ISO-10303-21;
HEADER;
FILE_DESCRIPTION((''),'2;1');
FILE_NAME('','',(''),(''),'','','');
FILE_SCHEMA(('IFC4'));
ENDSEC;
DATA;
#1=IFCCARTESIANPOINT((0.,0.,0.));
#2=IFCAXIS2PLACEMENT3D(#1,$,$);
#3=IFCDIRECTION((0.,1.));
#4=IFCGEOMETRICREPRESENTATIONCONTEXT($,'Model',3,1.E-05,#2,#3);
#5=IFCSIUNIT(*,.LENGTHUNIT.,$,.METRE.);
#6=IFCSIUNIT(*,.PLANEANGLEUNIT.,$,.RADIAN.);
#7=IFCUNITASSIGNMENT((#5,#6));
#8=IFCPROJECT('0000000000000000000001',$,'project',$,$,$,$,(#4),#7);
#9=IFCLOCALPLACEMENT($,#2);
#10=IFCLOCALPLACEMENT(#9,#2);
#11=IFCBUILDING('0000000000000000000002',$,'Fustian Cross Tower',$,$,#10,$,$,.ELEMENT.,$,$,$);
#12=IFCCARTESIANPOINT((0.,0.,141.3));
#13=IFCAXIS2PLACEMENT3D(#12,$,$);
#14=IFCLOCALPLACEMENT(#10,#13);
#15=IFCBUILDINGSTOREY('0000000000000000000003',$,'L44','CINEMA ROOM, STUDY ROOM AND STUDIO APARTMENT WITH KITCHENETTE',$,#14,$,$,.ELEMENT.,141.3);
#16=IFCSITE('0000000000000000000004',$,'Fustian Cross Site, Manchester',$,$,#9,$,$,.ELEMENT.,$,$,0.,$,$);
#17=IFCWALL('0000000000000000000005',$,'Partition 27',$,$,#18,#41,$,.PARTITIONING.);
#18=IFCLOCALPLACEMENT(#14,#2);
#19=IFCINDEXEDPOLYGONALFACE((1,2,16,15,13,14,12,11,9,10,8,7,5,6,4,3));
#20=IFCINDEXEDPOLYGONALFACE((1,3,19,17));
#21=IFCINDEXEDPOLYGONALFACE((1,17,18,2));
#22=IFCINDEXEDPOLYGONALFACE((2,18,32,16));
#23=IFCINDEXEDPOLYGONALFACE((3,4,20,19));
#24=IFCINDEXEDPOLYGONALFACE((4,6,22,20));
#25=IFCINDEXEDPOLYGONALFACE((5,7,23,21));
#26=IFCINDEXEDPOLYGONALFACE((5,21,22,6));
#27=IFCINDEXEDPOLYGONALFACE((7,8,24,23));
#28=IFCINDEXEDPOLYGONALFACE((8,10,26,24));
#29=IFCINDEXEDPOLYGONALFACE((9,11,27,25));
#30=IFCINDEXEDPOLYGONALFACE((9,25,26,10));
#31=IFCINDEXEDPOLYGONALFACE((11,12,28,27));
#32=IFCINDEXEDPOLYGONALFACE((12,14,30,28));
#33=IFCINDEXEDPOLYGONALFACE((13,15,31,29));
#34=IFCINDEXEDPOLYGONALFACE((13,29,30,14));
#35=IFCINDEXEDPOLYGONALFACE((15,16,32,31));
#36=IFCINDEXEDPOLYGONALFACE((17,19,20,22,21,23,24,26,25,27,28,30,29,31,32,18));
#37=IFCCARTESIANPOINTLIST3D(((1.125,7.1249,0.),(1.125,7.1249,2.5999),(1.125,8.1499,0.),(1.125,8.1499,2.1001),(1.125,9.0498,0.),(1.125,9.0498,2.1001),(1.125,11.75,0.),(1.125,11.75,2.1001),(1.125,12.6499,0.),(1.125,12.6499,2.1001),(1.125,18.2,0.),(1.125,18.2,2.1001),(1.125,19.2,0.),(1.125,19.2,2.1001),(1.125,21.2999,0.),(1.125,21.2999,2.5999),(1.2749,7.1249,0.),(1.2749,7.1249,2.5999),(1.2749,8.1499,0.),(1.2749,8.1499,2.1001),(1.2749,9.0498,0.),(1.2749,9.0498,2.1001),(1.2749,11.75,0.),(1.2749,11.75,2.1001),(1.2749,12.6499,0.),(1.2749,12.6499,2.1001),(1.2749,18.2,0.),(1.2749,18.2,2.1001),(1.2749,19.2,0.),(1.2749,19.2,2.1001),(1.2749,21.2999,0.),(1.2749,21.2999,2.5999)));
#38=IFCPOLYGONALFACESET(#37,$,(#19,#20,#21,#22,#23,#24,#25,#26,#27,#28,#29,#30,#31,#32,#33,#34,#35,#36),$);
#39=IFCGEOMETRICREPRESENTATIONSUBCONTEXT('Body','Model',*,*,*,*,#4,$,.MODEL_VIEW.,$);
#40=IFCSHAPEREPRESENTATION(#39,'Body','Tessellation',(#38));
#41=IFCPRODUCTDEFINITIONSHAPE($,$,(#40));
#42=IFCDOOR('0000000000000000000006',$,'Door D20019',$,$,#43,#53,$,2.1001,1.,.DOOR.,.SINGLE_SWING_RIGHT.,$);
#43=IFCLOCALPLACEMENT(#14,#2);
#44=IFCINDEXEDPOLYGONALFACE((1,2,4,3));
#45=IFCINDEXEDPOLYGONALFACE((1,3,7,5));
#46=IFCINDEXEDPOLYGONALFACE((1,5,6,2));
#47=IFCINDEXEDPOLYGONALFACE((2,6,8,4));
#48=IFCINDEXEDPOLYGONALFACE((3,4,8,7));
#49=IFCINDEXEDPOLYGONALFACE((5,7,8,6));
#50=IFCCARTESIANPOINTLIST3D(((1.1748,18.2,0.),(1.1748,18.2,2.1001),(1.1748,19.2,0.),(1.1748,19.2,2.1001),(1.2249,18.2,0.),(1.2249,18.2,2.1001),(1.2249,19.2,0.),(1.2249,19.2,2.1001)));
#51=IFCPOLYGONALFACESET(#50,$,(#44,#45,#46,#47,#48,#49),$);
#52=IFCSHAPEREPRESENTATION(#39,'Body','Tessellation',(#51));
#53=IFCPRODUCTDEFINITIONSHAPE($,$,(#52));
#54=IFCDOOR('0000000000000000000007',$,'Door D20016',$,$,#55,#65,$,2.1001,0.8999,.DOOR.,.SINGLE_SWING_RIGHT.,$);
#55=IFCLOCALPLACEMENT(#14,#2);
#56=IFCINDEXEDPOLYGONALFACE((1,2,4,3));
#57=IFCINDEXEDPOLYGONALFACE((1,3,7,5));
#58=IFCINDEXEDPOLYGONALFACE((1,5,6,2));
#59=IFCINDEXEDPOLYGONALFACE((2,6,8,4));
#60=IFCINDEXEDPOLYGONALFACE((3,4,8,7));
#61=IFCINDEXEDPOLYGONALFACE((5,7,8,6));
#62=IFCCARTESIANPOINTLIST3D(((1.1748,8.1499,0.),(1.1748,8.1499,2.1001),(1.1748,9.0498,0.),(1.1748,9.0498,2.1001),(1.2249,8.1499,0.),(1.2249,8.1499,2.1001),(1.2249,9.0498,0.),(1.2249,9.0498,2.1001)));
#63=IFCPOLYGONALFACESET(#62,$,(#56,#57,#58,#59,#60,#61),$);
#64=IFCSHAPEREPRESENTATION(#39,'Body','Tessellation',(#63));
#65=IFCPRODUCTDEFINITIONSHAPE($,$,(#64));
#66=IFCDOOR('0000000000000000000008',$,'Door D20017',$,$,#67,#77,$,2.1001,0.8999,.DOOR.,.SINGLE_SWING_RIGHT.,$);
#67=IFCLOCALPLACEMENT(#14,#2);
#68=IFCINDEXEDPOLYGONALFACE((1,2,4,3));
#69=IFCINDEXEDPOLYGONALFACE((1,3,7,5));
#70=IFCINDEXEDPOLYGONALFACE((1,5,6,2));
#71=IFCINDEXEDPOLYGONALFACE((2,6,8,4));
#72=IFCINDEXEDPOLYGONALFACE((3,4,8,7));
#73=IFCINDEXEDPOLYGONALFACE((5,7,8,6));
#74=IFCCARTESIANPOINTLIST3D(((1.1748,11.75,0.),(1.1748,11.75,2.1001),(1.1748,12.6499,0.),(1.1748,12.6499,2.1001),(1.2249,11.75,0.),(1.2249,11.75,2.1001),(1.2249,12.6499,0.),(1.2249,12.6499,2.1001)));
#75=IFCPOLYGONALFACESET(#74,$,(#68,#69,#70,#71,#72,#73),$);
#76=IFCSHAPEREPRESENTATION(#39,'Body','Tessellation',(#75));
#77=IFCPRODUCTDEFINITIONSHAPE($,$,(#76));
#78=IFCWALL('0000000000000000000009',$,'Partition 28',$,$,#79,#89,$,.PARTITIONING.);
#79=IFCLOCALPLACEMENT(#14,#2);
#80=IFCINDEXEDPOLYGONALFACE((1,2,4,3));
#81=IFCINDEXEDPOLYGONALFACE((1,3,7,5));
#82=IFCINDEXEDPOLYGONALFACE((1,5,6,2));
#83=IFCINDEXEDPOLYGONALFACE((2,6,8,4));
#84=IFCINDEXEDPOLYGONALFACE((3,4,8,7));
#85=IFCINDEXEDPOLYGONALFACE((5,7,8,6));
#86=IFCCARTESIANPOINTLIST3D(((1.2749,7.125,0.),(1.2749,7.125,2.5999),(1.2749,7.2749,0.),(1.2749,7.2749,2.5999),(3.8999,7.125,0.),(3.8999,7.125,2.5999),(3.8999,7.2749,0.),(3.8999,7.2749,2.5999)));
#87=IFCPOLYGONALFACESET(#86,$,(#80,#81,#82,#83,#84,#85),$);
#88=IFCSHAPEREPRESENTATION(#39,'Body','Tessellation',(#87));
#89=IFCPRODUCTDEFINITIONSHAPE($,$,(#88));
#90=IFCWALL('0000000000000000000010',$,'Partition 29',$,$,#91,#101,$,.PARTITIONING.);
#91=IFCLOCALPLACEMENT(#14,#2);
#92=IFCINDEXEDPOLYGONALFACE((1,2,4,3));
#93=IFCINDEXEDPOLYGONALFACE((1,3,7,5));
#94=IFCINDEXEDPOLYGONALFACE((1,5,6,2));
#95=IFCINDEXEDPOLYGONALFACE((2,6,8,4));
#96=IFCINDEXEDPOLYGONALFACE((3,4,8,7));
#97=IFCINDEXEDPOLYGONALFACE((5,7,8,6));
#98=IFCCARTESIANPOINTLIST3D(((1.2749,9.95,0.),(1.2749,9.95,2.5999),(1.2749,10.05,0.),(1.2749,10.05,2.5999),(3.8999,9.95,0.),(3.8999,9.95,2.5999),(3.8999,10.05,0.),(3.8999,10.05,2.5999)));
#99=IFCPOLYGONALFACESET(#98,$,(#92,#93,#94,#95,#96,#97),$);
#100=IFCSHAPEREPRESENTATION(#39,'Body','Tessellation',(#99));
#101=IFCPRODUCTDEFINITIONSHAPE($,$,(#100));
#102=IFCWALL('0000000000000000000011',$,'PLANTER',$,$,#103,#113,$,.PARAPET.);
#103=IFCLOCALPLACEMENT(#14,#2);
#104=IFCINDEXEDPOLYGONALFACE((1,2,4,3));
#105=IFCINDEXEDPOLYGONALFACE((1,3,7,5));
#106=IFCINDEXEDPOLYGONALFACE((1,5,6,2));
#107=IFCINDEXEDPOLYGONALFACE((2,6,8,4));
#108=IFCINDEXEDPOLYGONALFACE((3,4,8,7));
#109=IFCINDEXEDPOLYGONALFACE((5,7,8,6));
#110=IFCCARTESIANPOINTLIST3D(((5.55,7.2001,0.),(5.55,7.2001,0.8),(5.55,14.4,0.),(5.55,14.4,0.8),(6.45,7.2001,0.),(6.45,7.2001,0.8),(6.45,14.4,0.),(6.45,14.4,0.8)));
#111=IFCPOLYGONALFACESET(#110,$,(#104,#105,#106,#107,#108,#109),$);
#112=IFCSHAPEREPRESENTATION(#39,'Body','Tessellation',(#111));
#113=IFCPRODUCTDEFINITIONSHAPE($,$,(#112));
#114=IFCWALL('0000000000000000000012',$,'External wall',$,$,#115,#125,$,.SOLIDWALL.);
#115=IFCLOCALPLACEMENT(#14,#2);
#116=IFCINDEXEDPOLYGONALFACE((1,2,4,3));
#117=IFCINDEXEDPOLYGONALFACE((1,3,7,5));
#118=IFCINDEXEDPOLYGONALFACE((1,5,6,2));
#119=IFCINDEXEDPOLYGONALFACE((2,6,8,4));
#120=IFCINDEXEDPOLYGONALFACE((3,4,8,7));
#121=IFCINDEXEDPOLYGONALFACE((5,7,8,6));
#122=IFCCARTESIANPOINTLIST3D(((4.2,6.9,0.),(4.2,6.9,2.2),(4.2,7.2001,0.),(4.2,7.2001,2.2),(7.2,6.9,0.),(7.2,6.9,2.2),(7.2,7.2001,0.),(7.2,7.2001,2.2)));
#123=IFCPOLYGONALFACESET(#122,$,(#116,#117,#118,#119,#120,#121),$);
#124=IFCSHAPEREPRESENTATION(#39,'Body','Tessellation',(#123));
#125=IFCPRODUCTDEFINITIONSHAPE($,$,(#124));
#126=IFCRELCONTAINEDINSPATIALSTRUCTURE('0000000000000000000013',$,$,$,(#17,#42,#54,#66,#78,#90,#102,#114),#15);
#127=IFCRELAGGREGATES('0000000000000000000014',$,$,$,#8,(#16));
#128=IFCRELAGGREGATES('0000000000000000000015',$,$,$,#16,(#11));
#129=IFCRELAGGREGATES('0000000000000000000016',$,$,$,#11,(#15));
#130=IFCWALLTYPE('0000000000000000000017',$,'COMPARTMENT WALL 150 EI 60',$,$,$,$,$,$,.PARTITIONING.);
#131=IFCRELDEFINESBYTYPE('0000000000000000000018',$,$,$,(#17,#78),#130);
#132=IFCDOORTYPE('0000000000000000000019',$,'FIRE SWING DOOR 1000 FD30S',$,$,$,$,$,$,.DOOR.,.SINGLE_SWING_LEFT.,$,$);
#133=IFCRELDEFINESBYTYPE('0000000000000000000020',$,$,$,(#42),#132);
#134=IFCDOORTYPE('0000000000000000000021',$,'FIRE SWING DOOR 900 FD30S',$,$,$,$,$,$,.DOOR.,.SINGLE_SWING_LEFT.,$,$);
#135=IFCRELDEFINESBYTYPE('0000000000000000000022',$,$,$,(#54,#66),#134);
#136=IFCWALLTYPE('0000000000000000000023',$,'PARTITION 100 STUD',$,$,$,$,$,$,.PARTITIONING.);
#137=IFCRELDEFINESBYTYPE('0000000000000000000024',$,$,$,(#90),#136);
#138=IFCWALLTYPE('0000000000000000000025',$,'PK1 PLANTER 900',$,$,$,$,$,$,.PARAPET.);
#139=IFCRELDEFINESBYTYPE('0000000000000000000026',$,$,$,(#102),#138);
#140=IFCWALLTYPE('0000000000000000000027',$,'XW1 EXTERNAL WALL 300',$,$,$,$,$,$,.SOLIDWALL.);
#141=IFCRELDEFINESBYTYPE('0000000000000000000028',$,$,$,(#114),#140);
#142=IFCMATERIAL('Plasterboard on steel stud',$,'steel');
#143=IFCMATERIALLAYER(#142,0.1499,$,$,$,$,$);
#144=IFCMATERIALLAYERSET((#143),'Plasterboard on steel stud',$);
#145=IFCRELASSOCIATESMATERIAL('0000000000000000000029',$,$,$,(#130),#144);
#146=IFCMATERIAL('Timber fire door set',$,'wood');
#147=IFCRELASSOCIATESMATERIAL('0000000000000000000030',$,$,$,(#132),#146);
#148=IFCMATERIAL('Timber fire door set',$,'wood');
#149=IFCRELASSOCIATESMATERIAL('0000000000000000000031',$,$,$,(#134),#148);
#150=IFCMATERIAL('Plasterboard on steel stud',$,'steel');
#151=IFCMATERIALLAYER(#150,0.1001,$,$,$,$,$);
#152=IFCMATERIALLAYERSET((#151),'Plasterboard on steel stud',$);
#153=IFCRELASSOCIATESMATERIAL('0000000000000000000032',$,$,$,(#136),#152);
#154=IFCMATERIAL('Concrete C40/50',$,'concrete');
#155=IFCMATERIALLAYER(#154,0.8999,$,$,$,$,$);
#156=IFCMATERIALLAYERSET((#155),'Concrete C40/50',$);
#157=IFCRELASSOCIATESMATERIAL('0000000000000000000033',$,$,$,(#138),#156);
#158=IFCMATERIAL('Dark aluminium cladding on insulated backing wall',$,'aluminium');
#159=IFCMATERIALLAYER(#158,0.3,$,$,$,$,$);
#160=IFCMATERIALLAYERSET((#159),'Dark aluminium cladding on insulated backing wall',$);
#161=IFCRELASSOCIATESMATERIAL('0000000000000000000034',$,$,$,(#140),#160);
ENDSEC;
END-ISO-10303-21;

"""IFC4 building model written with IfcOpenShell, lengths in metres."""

from ifc_helpers import new_model, si_unit, direction, frame, frame_2d, origin, place, context, subcontext, project, spatial, rectangle, extrude, material, layer, layer_set, type_object, element, fill, save


model = new_model("IFC4")

# Units and contexts
model_context = context("Model", 3, precision=1e-05, world=origin(), true_north=direction((0.0, 1.0)))
body_context = subcontext(model_context, "Body", "Model", "MODEL_VIEW")
ifc_project = project(units=[si_unit("LENGTHUNIT", "METRE"), si_unit("PLANEANGLEUNIT", "RADIAN")], contexts=[model_context])

# Site, building, storey
site_placement = place(None, origin())
site = spatial("IfcSite", under=ifc_project, at=site_placement, Name="Fustian Cross Site, Manchester", CompositionType="ELEMENT", RefElevation=0.0)
building_placement = place(site_placement, origin())
building = spatial("IfcBuilding", under=site, at=building_placement, Name="Fustian Cross Tower", CompositionType="ELEMENT")
storey_placement = place(building_placement, frame((0.0, 0.0, 141.3)))
storey = spatial("IfcBuildingStorey", under=building, at=storey_placement, Name="L44", Description="CINEMA ROOM, STUDY ROOM AND STUDIO APARTMENT WITH KITCHENETTE", CompositionType="ELEMENT", Elevation=141.3)

# Wall, openings, doors
ifc_material_1 = material(Name="Plasterboard on steel stud", Category="steel")
ifc_layer_1 = layer(ifc_material_1, 0.1499)
ifc_layer_set_1 = layer_set([ifc_layer_1], Name="Plasterboard on steel stud")
wall_type_1 = type_object("IfcWallType", Name="COMPARTMENT WALL 150 EI 60", PredefinedType="PARTITIONING", material=ifc_layer_set_1)
wall_1_placement = place(storey_placement, frame((1.2, 7.125, 0.0), z_axis=(0.0, 0.0, 1.0), x_axis=(0.0, 1.0, 0.0)))
wall_1 = element("IfcWall", 1, at=wall_1_placement, inside=storey, type_object=wall_type_1, Name="Partition 27", PredefinedType="PARTITIONING", context=body_context, shape_type="SweptSolid", body=[
    extrude(rectangle(XDim=14.175, YDim=0.1499, at=frame_2d((7.0874, 0.0))), origin(), (0.0, 0.0, 1.0), 2.5999),
])
opening_1_placement = place(wall_1_placement, frame((1.0249, 0.0, 0.0)))
opening_1 = element("IfcOpeningElement", 2, at=opening_1_placement, cuts=wall_1, PredefinedType="OPENING", context=body_context, shape_type="SweptSolid", body=[
    extrude(rectangle(XDim=0.8999, YDim=2.1001, at=frame_2d((0.45, 1.05))), frame((0.0, 0.085, 0.0), z_axis=(0.0, -1.0, 0.0), x_axis=(1.0, 0.0, 0.0)), (0.0, 0.0, 1.0), 0.1699),
])
opening_2_placement = place(wall_1_placement, frame((4.625, 0.0, 0.0)))
opening_2 = element("IfcOpeningElement", 3, at=opening_2_placement, cuts=wall_1, PredefinedType="OPENING", context=body_context, shape_type="SweptSolid", body=[
    extrude(rectangle(XDim=0.8999, YDim=2.1001, at=frame_2d((0.45, 1.05))), frame((0.0, 0.085, 0.0), z_axis=(0.0, -1.0, 0.0), x_axis=(1.0, 0.0, 0.0)), (0.0, 0.0, 1.0), 0.1699),
])
opening_3_placement = place(wall_1_placement, frame((11.075, 0.0, 0.0)))
opening_3 = element("IfcOpeningElement", 4, at=opening_3_placement, cuts=wall_1, PredefinedType="OPENING", context=body_context, shape_type="SweptSolid", body=[
    extrude(rectangle(XDim=1.0, YDim=2.1001, at=frame_2d((0.5, 1.05))), frame((0.0, 0.085, 0.0), z_axis=(0.0, -1.0, 0.0), x_axis=(1.0, 0.0, 0.0)), (0.0, 0.0, 1.0), 0.1699),
])
ifc_material_2 = material(Name="Timber fire door set", Category="wood")
door_type_1 = type_object("IfcDoorType", Name="FIRE SWING DOOR 1000 FD30S", OperationType="SINGLE_SWING_LEFT", PredefinedType="DOOR", material=ifc_material_2)
door_1_placement = place(opening_3_placement, frame((1.0, 0.0, 0.0), z_axis=(0.0, 0.0, 1.0), x_axis=(-1.0, 0.0, 0.0)))
door_1 = element("IfcDoor", 5, at=door_1_placement, inside=storey, type_object=door_type_1, Name="Door D20019", OperationType="SINGLE_SWING_RIGHT", OverallHeight=2.1001, OverallWidth=1.0, PredefinedType="DOOR", context=body_context, shape_type="SweptSolid", body=[
    extrude(rectangle(XDim=1.0, YDim=2.1001, at=frame_2d((0.5, 1.05))), frame((0.0, 0.0249, 0.0), z_axis=(0.0, -1.0, 0.0), x_axis=(1.0, 0.0, 0.0)), (0.0, 0.0, 1.0), 0.05),
])
fill(opening_3, door_1)
ifc_material_3 = material(Name="Timber fire door set", Category="wood")
door_type_2 = type_object("IfcDoorType", Name="FIRE SWING DOOR 900 FD30S", OperationType="SINGLE_SWING_LEFT", PredefinedType="DOOR", material=ifc_material_3)
door_2_placement = place(opening_1_placement, frame((0.8999, 0.0, 0.0), z_axis=(0.0, 0.0, 1.0), x_axis=(-1.0, 0.0, 0.0)))
door_2 = element("IfcDoor", 6, at=door_2_placement, inside=storey, type_object=door_type_2, Name="Door D20016", OperationType="SINGLE_SWING_RIGHT", OverallHeight=2.1001, OverallWidth=0.8999, PredefinedType="DOOR", context=body_context, shape_type="SweptSolid", body=[
    extrude(rectangle(XDim=0.8999, YDim=2.1001, at=frame_2d((0.45, 1.05))), frame((0.0, 0.0249, 0.0), z_axis=(0.0, -1.0, 0.0), x_axis=(1.0, 0.0, 0.0)), (0.0, 0.0, 1.0), 0.05),
])
fill(opening_1, door_2)
door_3_placement = place(opening_2_placement, frame((0.8999, 0.0, 0.0), z_axis=(0.0, 0.0, 1.0), x_axis=(-1.0, 0.0, 0.0)))
door_3 = element("IfcDoor", 7, at=door_3_placement, inside=storey, type_object=door_type_2, Name="Door D20017", OperationType="SINGLE_SWING_RIGHT", OverallHeight=2.1001, OverallWidth=0.8999, PredefinedType="DOOR", context=body_context, shape_type="SweptSolid", body=[
    extrude(rectangle(XDim=0.8999, YDim=2.1001, at=frame_2d((0.45, 1.05))), frame((0.0, 0.0249, 0.0), z_axis=(0.0, -1.0, 0.0), x_axis=(1.0, 0.0, 0.0)), (0.0, 0.0, 1.0), 0.05),
])
fill(opening_2, door_3)

# Walls
wall_2_placement = place(storey_placement, frame((1.2749, 7.2, 0.0), z_axis=(0.0, 0.0, 1.0), x_axis=(1.0, 0.0, 0.0)))
element("IfcWall", 8, at=wall_2_placement, inside=storey, type_object=wall_type_1, Name="Partition 28", PredefinedType="PARTITIONING", context=body_context, shape_type="SweptSolid", body=[
    extrude(rectangle(XDim=2.625, YDim=0.1499, at=frame_2d((1.3125, 0.0))), origin(), (0.0, 0.0, 1.0), 2.5999),
])
ifc_material_4 = material(Name="Plasterboard on steel stud", Category="steel")
ifc_layer_2 = layer(ifc_material_4, 0.1001)
ifc_layer_set_2 = layer_set([ifc_layer_2], Name="Plasterboard on steel stud")
wall_type_2 = type_object("IfcWallType", Name="PARTITION 100 STUD", PredefinedType="PARTITIONING", material=ifc_layer_set_2)
wall_3_placement = place(storey_placement, frame((1.2749, 10.0, 0.0), z_axis=(0.0, 0.0, 1.0), x_axis=(1.0, 0.0, 0.0)))
element("IfcWall", 9, at=wall_3_placement, inside=storey, type_object=wall_type_2, Name="Partition 29", PredefinedType="PARTITIONING", context=body_context, shape_type="SweptSolid", body=[
    extrude(rectangle(XDim=2.625, YDim=0.1001, at=frame_2d((1.3125, 0.0))), origin(), (0.0, 0.0, 1.0), 2.5999),
])
ifc_material_5 = material(Name="Concrete C40/50", Category="concrete")
ifc_layer_3 = layer(ifc_material_5, 0.8999)
ifc_layer_set_3 = layer_set([ifc_layer_3], Name="Concrete C40/50")
wall_type_3 = type_object("IfcWallType", Name="PK1 PLANTER 900", PredefinedType="PARAPET", material=ifc_layer_set_3)
wall_4_placement = place(storey_placement, frame((6.0, 7.2, 0.0), z_axis=(0.0, 0.0, 1.0), x_axis=(0.0, 1.0, 0.0)))
element("IfcWall", 10, at=wall_4_placement, inside=storey, type_object=wall_type_3, Name="PLANTER", PredefinedType="PARAPET", context=body_context, shape_type="SweptSolid", body=[
    extrude(rectangle(XDim=7.2, YDim=0.8999, at=frame_2d((3.6001, 0.0))), origin(), (0.0, 0.0, 1.0), 0.8),
])
ifc_material_6 = material(Name="Dark aluminium cladding on insulated backing wall", Category="aluminium")
ifc_layer_4 = layer(ifc_material_6, 0.3)
ifc_layer_set_4 = layer_set([ifc_layer_4], Name="Dark aluminium cladding on insulated backing wall")
wall_type_4 = type_object("IfcWallType", Name="XW1 EXTERNAL WALL 300", PredefinedType="SOLIDWALL", material=ifc_layer_set_4)
wall_5_placement = place(storey_placement, frame((7.2, 7.05, 0.0), z_axis=(0.0, 0.0, 1.0), x_axis=(-1.0, 0.0, 0.0)))
element("IfcWall", 11, at=wall_5_placement, inside=storey, type_object=wall_type_4, Name="External wall", PredefinedType="SOLIDWALL", context=body_context, shape_type="SweptSolid", body=[
    extrude(rectangle(XDim=3.0, YDim=0.3, at=frame_2d((1.5, 0.0))), origin(), (0.0, 0.0, 1.0), 2.2),
])

save(model, "model.ifc")
